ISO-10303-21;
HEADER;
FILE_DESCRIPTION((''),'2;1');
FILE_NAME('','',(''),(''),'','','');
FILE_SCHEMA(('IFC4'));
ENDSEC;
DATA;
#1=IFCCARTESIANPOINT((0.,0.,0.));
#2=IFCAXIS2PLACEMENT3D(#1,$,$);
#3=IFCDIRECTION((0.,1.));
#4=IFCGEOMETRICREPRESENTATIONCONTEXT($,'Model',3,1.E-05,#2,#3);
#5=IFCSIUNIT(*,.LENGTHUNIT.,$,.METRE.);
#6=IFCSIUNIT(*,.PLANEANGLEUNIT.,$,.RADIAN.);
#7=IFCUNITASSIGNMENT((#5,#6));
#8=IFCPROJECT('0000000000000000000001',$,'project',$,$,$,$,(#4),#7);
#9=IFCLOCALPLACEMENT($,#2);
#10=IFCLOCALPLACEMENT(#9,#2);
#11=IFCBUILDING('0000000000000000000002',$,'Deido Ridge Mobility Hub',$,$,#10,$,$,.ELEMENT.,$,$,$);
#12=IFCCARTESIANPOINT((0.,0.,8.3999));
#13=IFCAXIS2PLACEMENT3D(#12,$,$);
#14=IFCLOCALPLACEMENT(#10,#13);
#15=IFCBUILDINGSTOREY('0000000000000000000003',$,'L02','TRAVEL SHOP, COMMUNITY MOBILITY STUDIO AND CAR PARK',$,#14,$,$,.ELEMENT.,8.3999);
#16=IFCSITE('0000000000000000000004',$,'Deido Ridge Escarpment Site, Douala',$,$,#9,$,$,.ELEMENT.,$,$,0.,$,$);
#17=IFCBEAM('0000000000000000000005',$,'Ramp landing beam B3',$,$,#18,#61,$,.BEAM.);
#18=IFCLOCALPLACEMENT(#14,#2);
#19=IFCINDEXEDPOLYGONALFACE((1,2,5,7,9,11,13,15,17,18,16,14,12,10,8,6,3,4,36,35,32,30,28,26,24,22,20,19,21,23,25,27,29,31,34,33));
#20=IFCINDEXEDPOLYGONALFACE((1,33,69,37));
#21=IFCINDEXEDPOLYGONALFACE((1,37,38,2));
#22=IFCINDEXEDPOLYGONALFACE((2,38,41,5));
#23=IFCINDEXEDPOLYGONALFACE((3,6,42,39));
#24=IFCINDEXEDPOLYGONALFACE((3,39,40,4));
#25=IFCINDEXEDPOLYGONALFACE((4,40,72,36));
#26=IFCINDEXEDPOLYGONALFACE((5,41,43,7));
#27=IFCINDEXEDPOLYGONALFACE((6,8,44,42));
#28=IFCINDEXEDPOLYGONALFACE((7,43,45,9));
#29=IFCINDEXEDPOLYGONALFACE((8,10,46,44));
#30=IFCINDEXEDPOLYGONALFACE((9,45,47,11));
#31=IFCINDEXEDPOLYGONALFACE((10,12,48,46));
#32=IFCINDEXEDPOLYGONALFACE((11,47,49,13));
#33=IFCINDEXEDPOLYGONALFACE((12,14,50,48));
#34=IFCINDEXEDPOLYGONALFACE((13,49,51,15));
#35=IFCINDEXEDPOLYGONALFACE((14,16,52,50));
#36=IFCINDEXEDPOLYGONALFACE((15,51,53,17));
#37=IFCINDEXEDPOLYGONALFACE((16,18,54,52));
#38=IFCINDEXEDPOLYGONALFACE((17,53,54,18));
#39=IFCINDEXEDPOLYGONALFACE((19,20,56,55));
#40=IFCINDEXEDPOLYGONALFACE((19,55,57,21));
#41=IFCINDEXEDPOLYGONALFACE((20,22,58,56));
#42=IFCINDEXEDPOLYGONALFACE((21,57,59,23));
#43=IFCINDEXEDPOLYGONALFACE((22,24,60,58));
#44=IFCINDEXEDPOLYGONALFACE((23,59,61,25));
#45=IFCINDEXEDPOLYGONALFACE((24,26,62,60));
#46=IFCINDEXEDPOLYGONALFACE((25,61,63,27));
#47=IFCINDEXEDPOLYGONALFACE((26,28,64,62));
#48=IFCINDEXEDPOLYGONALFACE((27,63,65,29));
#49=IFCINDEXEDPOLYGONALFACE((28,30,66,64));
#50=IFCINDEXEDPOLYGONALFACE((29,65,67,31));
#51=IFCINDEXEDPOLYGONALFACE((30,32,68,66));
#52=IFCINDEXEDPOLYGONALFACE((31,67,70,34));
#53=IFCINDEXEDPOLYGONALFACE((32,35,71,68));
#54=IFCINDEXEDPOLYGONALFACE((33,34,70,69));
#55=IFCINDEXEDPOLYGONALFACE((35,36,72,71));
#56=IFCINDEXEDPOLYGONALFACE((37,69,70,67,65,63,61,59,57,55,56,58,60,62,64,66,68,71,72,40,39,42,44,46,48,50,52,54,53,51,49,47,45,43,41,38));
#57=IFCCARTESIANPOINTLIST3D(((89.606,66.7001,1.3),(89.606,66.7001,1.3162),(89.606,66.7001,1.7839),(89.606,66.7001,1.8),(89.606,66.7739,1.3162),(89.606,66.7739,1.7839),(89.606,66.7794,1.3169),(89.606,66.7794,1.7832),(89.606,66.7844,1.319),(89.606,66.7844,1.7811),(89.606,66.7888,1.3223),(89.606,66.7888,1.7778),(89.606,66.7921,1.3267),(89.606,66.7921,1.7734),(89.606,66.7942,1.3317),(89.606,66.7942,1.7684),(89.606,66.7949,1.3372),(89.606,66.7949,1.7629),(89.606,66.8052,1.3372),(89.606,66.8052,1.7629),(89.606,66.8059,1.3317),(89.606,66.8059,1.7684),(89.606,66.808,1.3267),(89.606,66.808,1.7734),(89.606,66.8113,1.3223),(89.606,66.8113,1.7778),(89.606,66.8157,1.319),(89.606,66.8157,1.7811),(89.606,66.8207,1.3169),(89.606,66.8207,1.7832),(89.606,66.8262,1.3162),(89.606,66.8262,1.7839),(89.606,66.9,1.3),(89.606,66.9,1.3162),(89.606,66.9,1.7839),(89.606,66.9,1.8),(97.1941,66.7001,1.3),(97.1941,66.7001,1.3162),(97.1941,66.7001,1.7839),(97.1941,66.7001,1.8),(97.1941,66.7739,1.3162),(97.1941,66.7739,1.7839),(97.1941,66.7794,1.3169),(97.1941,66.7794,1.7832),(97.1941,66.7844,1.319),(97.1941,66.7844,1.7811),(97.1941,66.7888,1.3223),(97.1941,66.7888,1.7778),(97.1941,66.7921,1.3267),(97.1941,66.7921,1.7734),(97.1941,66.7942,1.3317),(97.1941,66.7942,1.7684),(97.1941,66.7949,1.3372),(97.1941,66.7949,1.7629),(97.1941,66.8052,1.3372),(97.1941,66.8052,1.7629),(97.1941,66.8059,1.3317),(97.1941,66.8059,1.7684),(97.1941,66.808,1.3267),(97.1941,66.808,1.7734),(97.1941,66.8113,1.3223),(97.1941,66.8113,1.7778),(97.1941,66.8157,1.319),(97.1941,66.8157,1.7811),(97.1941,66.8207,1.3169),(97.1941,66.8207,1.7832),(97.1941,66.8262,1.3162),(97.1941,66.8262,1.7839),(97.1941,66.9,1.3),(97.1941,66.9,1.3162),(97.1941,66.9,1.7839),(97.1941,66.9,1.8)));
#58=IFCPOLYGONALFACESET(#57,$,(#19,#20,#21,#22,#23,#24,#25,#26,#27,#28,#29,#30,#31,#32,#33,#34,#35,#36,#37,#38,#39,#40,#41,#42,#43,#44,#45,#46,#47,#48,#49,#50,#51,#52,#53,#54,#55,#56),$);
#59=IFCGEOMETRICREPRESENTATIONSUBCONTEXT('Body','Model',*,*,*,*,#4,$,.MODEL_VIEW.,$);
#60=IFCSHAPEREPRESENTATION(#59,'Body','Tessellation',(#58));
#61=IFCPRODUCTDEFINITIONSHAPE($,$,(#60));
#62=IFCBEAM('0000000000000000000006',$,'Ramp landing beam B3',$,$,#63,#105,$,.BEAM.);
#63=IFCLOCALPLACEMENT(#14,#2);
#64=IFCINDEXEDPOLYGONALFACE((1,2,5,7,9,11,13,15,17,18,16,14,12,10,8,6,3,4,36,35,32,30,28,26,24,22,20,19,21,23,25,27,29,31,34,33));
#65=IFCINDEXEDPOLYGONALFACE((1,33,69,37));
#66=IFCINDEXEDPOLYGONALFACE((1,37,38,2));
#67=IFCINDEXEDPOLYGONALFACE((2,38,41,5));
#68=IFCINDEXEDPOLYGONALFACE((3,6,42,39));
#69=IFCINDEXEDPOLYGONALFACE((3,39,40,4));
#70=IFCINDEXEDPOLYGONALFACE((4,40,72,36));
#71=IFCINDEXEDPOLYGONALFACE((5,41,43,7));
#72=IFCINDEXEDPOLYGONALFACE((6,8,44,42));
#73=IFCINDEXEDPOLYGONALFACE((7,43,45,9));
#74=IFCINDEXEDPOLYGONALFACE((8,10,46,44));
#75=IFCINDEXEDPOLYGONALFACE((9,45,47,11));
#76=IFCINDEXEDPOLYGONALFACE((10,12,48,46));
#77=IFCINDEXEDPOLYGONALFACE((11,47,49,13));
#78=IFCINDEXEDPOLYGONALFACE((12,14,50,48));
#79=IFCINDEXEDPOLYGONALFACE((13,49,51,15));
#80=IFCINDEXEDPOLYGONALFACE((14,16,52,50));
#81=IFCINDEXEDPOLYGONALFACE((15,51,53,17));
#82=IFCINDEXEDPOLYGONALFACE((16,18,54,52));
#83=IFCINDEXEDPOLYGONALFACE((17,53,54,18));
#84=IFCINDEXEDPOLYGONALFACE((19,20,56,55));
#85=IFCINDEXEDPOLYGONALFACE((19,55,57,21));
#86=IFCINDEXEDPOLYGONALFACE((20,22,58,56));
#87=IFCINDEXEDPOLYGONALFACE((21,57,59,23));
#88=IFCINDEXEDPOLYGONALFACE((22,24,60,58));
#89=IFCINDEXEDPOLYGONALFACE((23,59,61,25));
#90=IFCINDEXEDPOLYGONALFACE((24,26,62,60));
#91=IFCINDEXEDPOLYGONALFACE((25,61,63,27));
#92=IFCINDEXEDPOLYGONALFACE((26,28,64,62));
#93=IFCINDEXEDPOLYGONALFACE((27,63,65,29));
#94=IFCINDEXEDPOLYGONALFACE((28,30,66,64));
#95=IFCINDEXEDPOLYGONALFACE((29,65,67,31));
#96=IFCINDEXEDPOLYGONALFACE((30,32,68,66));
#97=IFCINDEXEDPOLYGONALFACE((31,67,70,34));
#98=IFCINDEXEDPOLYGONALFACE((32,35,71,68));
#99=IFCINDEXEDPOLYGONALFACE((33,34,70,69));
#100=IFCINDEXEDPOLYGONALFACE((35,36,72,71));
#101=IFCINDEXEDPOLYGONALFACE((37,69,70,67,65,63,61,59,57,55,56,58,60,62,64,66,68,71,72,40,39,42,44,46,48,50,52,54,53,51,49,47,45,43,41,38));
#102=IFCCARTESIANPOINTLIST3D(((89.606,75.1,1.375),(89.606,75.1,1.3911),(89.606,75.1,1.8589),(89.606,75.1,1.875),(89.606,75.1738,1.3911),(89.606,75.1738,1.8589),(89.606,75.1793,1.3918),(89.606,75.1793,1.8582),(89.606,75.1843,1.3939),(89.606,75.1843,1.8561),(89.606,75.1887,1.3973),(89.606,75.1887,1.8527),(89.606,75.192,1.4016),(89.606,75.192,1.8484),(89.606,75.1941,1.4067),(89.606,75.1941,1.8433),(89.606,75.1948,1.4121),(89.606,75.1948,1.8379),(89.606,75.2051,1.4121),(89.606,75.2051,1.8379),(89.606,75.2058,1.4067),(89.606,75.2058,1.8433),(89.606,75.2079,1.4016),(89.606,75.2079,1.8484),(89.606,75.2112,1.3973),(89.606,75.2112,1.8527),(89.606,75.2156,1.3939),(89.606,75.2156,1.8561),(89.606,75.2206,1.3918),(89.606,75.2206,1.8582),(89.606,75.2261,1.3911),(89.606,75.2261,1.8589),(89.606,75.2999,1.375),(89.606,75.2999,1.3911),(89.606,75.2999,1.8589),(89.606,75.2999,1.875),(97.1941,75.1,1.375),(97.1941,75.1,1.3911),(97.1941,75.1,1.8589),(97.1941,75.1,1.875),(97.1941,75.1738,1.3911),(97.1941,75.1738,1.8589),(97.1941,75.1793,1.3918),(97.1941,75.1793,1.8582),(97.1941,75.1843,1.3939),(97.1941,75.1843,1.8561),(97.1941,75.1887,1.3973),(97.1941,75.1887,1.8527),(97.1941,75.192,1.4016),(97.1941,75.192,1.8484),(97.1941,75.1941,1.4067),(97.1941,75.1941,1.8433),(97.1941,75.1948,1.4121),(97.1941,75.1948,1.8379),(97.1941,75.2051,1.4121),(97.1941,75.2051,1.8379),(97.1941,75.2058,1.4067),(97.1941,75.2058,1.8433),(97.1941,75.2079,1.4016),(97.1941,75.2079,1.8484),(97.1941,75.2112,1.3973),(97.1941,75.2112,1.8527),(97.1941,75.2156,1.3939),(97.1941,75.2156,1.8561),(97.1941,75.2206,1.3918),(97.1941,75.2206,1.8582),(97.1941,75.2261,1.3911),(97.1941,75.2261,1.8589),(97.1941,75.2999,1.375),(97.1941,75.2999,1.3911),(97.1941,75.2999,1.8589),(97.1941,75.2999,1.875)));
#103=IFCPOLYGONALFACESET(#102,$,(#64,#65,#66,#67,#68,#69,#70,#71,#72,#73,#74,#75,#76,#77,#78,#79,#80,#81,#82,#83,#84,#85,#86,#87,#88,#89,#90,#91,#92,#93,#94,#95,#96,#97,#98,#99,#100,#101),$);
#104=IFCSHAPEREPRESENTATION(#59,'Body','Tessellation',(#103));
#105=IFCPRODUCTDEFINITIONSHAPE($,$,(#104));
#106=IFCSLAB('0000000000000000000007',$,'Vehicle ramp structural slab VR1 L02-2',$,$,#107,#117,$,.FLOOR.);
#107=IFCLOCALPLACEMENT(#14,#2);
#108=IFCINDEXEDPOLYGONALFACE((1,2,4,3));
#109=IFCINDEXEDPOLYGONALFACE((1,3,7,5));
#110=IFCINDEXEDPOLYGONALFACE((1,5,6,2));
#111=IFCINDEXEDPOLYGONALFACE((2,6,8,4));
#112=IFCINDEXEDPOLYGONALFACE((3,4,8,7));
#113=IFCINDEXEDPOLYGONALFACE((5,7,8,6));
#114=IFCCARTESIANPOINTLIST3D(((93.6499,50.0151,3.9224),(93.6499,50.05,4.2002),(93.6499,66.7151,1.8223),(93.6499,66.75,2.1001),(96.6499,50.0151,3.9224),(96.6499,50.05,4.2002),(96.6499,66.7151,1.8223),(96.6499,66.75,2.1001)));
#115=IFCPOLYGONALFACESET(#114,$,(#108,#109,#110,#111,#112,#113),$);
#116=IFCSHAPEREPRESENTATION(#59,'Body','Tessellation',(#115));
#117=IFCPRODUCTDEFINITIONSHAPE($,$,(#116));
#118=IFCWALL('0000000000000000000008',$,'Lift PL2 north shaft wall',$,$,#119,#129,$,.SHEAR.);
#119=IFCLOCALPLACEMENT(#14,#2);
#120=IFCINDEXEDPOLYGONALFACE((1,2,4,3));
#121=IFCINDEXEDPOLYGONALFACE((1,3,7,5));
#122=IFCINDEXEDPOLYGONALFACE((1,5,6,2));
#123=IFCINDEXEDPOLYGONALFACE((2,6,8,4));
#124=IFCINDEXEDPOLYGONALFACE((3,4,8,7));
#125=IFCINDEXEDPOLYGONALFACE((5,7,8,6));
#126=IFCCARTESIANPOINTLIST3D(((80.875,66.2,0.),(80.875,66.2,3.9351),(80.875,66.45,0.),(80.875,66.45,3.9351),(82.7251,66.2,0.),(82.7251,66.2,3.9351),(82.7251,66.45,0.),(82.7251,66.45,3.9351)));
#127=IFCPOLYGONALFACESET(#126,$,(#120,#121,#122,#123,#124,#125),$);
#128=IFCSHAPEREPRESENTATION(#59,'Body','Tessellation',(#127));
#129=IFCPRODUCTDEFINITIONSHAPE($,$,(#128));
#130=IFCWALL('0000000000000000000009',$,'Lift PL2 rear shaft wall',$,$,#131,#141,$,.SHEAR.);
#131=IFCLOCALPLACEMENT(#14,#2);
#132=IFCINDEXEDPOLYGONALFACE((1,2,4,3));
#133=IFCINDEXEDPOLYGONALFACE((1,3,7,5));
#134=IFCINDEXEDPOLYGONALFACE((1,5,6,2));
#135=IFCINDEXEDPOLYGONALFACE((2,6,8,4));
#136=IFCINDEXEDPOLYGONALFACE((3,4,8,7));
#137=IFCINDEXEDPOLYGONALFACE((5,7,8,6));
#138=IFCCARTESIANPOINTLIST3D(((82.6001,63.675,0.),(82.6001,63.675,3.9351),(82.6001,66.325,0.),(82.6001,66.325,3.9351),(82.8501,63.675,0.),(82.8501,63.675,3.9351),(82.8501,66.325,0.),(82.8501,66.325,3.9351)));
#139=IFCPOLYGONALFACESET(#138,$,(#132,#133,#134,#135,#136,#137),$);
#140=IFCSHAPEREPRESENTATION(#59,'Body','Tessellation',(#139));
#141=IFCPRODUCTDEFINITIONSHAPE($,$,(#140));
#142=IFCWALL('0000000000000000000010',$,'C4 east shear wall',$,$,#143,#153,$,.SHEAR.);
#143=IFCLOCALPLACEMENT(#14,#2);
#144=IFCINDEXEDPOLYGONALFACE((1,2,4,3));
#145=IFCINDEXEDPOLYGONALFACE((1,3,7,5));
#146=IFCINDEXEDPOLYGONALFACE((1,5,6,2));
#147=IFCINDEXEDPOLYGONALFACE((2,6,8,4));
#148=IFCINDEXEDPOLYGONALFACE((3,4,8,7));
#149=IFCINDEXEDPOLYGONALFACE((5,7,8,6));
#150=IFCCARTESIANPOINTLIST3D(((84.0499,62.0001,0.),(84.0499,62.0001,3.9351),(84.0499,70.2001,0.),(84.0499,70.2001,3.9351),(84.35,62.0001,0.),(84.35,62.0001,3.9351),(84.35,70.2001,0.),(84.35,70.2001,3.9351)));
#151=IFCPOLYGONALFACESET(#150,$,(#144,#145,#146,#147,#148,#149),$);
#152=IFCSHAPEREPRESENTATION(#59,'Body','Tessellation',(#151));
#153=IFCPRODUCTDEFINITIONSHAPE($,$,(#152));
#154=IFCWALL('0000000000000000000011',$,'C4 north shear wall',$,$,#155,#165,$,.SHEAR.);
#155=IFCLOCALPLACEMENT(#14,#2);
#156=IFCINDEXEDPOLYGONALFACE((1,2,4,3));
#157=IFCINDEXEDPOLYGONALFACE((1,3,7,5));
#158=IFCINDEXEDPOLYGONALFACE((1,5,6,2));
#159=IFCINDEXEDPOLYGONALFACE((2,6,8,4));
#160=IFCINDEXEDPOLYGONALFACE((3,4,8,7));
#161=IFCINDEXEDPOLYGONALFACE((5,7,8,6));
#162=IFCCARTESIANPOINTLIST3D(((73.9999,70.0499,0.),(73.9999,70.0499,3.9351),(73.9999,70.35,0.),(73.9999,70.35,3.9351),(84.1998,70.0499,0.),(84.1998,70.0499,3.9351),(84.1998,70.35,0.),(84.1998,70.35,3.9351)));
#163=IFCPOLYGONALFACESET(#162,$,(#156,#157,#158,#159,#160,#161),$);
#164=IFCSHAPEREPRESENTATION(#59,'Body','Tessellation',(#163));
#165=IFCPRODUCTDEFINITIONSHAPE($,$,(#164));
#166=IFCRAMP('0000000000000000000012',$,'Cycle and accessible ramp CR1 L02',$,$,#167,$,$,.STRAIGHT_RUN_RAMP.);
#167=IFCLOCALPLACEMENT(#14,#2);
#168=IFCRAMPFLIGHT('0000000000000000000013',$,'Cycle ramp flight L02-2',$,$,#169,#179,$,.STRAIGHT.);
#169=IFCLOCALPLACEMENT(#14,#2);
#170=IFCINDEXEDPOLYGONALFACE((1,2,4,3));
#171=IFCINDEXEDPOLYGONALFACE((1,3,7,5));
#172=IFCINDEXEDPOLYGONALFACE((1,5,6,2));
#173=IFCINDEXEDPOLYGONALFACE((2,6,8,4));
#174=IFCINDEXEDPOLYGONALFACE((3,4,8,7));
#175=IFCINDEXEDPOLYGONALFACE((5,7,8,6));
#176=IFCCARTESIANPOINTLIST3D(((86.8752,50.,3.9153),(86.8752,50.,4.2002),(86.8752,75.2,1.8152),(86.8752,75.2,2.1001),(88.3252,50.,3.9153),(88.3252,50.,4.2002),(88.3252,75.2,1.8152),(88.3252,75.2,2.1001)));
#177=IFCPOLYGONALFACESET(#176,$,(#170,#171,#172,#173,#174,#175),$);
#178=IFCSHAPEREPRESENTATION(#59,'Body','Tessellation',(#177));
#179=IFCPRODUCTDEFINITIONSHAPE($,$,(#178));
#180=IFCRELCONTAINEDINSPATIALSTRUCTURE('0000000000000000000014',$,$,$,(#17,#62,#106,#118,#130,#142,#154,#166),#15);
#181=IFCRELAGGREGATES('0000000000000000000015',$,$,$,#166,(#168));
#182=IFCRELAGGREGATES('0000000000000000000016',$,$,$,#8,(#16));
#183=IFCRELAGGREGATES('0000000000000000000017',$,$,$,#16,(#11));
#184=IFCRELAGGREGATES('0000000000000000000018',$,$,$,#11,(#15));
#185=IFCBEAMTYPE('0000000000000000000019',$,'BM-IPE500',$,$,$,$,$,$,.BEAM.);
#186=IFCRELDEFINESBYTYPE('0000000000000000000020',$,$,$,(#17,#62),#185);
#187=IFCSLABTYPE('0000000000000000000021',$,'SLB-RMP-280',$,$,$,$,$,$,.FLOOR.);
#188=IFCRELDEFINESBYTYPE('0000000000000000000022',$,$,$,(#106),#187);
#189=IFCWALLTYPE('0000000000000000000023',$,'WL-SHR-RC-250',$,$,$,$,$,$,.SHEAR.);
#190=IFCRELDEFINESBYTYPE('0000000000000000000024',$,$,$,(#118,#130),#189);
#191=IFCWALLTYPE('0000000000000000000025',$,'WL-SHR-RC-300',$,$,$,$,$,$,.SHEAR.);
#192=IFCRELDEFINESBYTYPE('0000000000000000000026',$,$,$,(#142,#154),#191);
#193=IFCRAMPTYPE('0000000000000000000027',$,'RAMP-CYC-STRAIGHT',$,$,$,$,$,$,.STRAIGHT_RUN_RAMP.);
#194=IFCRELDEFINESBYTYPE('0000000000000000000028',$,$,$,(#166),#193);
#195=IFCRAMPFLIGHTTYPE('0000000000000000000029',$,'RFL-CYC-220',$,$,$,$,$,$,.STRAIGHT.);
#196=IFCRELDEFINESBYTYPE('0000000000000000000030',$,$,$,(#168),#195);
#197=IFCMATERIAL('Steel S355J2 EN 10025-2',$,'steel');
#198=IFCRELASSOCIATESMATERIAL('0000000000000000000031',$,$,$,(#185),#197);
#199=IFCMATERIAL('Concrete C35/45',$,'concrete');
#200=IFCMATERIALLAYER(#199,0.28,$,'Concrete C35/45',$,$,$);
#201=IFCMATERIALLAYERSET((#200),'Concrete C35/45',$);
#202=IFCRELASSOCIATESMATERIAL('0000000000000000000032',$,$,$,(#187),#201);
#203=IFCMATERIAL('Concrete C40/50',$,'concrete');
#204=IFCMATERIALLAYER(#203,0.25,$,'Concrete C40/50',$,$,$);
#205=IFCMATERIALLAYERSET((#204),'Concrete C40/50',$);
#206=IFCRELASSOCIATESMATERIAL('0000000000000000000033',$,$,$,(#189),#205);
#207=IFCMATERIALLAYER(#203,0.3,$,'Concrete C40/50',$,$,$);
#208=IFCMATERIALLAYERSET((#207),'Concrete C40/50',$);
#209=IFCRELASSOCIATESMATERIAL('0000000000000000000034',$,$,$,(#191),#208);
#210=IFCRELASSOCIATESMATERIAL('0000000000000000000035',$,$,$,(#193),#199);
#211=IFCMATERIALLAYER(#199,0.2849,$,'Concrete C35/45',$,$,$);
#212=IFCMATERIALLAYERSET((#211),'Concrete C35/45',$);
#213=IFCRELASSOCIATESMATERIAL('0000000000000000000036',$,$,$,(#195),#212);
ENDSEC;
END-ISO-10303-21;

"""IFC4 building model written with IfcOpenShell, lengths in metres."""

from ifc_helpers import new_model, si_unit, direction, frame, frame_2d, origin, origin_2d, place, context, subcontext, project, spatial, polyline, rectangle, i_section, outline, extrude, material, layer, layer_set, material_profile, profile_set, type_object, element, aggregate, save


model = new_model("IFC4")

# Units and contexts
model_context = context("Model", 3, precision=1e-05, world=origin(), true_north=direction((0.0, 1.0)))
body_context = subcontext(model_context, "Body", "Model", "MODEL_VIEW")
ifc_project = project(units=[si_unit("LENGTHUNIT", "METRE"), si_unit("PLANEANGLEUNIT", "RADIAN")], contexts=[model_context])

# Site, building, storey
site_placement = place(None, origin())
site = spatial("IfcSite", under=ifc_project, at=site_placement, Name="Deido Ridge Escarpment Site, Douala", CompositionType="ELEMENT", RefElevation=0.0)
building_placement = place(site_placement, origin())
building = spatial("IfcBuilding", under=site, at=building_placement, Name="Deido Ridge Mobility Hub", CompositionType="ELEMENT")
storey_placement = place(building_placement, frame((0.0, 0.0, 8.3999)))
storey = spatial("IfcBuildingStorey", under=building, at=storey_placement, Name="L02", Description="TRAVEL SHOP, COMMUNITY MOBILITY STUDIO AND CAR PARK", CompositionType="ELEMENT", Elevation=8.3999)

# Shared definitions
ifc_material_1 = material(Name="Steel S355J2 EN 10025-2", Category="steel")

# Beams
ifc_material_profile_1 = material_profile(ifc_material_1, i_section(OverallWidth=0.2, OverallDepth=0.5, WebThickness=0.0103, FlangeThickness=0.0161, FilletRadius=0.021, at=origin_2d()), Name="IPE 500")
ifc_profile_set_1 = profile_set([ifc_material_profile_1], Name="Steel S355J2 EN 10025-2")
beam_type_1 = type_object("IfcBeamType", Name="BM-IPE500", PredefinedType="BEAM", material=ifc_profile_set_1)
for number, where, z_axis, x_axis, name in (
    (1, (89.606, 66.8, 1.55), (1.0, 0.0, 0.0), (0.0, 1.0, 0.0), "Ramp landing beam B3"),
    (2, (89.606, 75.2, 1.625), (1.0, 0.0, 0.0), (0.0, 1.0, 0.0), "Ramp landing beam B3"),
):
    element("IfcBeam", number, at=place(storey_placement, frame(where, z_axis=z_axis, x_axis=x_axis)), inside=storey, type_object=beam_type_1, Name=name, PredefinedType="BEAM", context=body_context, shape_type="SweptSolid", body=[
        extrude(i_section(OverallWidth=0.2, OverallDepth=0.5, WebThickness=0.0103, FlangeThickness=0.0161, FilletRadius=0.021, at=origin_2d()), origin(), (0.0, 0.0, 1.0), 7.5881),
    ])

# Slab
ifc_material_2 = material(Name="Concrete C35/45", Category="concrete")
ifc_layer_1 = layer(ifc_material_2, 0.28, Name="Concrete C35/45")
ifc_layer_set_1 = layer_set([ifc_layer_1], Name="Concrete C35/45")
slab_type = type_object("IfcSlabType", Name="SLB-RMP-280", PredefinedType="FLOOR", material=ifc_layer_set_1)
slab_placement = place(storey_placement, frame((93.6499, 66.75, 2.1001), z_axis=(0.0, 0.124772, 0.992185), x_axis=(1.0, 0.0, 0.0)))
element("IfcSlab", 3, at=slab_placement, inside=storey, type_object=slab_type, Name="Vehicle ramp structural slab VR1 L02-2", PredefinedType="FLOOR", context=body_context, shape_type="SweptSolid", body=[
    extrude(outline(polyline([(0.0, 0.0), (3.0, 0.0), (3.0, -16.8315), (0.0, -16.8315), (0.0, 0.0)])), origin(), (0.0, 0.0, -1.0), 0.28),
])

# Walls
ifc_material_3 = material(Name="Concrete C40/50", Category="concrete")
ifc_layer_2 = layer(ifc_material_3, 0.25, Name="Concrete C40/50")
ifc_layer_set_2 = layer_set([ifc_layer_2], Name="Concrete C40/50")
wall_type_1 = type_object("IfcWallType", Name="WL-SHR-RC-250", PredefinedType="SHEAR", material=ifc_layer_set_2)
wall_1_placement = place(storey_placement, frame((80.875, 66.325, 0.0), z_axis=(0.0, 0.0, 1.0), x_axis=(1.0, 0.0, 0.0)))
element("IfcWall", 4, at=wall_1_placement, inside=storey, type_object=wall_type_1, Name="Lift PL2 north shaft wall", PredefinedType="SHEAR", context=body_context, shape_type="SweptSolid", body=[
    extrude(rectangle(XDim=1.8501, YDim=0.25, at=frame_2d((0.925, 0.0))), origin(), (0.0, 0.0, 1.0), 3.9351),
])
wall_2_placement = place(storey_placement, frame((82.7251, 63.675, 0.0), z_axis=(0.0, 0.0, 1.0), x_axis=(0.0, 1.0, 0.0)))
element("IfcWall", 5, at=wall_2_placement, inside=storey, type_object=wall_type_1, Name="Lift PL2 rear shaft wall", PredefinedType="SHEAR", context=body_context, shape_type="SweptSolid", body=[
    extrude(rectangle(XDim=2.6499, YDim=0.25, at=frame_2d((1.325, 0.0))), origin(), (0.0, 0.0, 1.0), 3.9351),
])
ifc_layer_3 = layer(ifc_material_3, 0.3, Name="Concrete C40/50")
ifc_layer_set_3 = layer_set([ifc_layer_3], Name="Concrete C40/50")
wall_type_2 = type_object("IfcWallType", Name="WL-SHR-RC-300", PredefinedType="SHEAR", material=ifc_layer_set_3)
wall_3_placement = place(storey_placement, frame((84.2, 62.0, 0.0), z_axis=(0.0, 0.0, 1.0), x_axis=(0.0, 1.0, 0.0)))
element("IfcWall", 6, at=wall_3_placement, inside=storey, type_object=wall_type_2, Name="C4 east shear wall", PredefinedType="SHEAR", context=body_context, shape_type="SweptSolid", body=[
    extrude(rectangle(XDim=8.2, YDim=0.3, at=frame_2d((4.1001, 0.0))), origin(), (0.0, 0.0, 1.0), 3.9351),
])
wall_4_placement = place(storey_placement, frame((84.2, 70.2, 0.0), z_axis=(0.0, 0.0, 1.0), x_axis=(-1.0, 0.0, 0.0)))
element("IfcWall", 7, at=wall_4_placement, inside=storey, type_object=wall_type_2, Name="C4 north shear wall", PredefinedType="SHEAR", context=body_context, shape_type="SweptSolid", body=[
    extrude(rectangle(XDim=10.2, YDim=0.3, at=frame_2d((5.1001, 0.0))), origin(), (0.0, 0.0, 1.0), 3.9351),
])

# Ramp, ramp flight
ramp_type = type_object("IfcRampType", Name="RAMP-CYC-STRAIGHT", PredefinedType="STRAIGHT_RUN_RAMP", material=ifc_material_2)
ramp_placement = place(storey_placement, origin())
ramp = element("IfcRamp", 8, at=ramp_placement, inside=storey, type_object=ramp_type, Name="Cycle and accessible ramp CR1 L02", PredefinedType="STRAIGHT_RUN_RAMP")
ifc_layer_4 = layer(ifc_material_2, 0.2849, Name="Concrete C35/45")
ifc_layer_set_4 = layer_set([ifc_layer_4], Name="Concrete C35/45")
ramp_flight_type = type_object("IfcRampFlightType", Name="RFL-CYC-220", PredefinedType="STRAIGHT", material=ifc_layer_set_4)
ramp_flight_placement = place(storey_placement, frame((87.6001, 75.2, 2.1001), z_axis=(0.0, 0.0, 1.0), x_axis=(0.0, -1.0, 0.0)))
ramp_flight = element("IfcRampFlight", 9, at=ramp_flight_placement, type_object=ramp_flight_type, Name="Cycle ramp flight L02-2", PredefinedType="STRAIGHT", context=body_context, shape_type="SweptSolid", body=[
    extrude(outline(polyline([(0.0, 0.0), (0.0, -0.2849), (25.2, 1.8152), (25.2, 2.1001), (0.0, 0.0)])), frame((0.0, 0.7251, 0.0), z_axis=(0.0, -1.0, 0.0), x_axis=(1.0, 0.0, 0.0)), (0.0, 0.0, 1.0), 1.45),
])
aggregate(ramp, [ramp_flight])

save(model, "model.ifc")
